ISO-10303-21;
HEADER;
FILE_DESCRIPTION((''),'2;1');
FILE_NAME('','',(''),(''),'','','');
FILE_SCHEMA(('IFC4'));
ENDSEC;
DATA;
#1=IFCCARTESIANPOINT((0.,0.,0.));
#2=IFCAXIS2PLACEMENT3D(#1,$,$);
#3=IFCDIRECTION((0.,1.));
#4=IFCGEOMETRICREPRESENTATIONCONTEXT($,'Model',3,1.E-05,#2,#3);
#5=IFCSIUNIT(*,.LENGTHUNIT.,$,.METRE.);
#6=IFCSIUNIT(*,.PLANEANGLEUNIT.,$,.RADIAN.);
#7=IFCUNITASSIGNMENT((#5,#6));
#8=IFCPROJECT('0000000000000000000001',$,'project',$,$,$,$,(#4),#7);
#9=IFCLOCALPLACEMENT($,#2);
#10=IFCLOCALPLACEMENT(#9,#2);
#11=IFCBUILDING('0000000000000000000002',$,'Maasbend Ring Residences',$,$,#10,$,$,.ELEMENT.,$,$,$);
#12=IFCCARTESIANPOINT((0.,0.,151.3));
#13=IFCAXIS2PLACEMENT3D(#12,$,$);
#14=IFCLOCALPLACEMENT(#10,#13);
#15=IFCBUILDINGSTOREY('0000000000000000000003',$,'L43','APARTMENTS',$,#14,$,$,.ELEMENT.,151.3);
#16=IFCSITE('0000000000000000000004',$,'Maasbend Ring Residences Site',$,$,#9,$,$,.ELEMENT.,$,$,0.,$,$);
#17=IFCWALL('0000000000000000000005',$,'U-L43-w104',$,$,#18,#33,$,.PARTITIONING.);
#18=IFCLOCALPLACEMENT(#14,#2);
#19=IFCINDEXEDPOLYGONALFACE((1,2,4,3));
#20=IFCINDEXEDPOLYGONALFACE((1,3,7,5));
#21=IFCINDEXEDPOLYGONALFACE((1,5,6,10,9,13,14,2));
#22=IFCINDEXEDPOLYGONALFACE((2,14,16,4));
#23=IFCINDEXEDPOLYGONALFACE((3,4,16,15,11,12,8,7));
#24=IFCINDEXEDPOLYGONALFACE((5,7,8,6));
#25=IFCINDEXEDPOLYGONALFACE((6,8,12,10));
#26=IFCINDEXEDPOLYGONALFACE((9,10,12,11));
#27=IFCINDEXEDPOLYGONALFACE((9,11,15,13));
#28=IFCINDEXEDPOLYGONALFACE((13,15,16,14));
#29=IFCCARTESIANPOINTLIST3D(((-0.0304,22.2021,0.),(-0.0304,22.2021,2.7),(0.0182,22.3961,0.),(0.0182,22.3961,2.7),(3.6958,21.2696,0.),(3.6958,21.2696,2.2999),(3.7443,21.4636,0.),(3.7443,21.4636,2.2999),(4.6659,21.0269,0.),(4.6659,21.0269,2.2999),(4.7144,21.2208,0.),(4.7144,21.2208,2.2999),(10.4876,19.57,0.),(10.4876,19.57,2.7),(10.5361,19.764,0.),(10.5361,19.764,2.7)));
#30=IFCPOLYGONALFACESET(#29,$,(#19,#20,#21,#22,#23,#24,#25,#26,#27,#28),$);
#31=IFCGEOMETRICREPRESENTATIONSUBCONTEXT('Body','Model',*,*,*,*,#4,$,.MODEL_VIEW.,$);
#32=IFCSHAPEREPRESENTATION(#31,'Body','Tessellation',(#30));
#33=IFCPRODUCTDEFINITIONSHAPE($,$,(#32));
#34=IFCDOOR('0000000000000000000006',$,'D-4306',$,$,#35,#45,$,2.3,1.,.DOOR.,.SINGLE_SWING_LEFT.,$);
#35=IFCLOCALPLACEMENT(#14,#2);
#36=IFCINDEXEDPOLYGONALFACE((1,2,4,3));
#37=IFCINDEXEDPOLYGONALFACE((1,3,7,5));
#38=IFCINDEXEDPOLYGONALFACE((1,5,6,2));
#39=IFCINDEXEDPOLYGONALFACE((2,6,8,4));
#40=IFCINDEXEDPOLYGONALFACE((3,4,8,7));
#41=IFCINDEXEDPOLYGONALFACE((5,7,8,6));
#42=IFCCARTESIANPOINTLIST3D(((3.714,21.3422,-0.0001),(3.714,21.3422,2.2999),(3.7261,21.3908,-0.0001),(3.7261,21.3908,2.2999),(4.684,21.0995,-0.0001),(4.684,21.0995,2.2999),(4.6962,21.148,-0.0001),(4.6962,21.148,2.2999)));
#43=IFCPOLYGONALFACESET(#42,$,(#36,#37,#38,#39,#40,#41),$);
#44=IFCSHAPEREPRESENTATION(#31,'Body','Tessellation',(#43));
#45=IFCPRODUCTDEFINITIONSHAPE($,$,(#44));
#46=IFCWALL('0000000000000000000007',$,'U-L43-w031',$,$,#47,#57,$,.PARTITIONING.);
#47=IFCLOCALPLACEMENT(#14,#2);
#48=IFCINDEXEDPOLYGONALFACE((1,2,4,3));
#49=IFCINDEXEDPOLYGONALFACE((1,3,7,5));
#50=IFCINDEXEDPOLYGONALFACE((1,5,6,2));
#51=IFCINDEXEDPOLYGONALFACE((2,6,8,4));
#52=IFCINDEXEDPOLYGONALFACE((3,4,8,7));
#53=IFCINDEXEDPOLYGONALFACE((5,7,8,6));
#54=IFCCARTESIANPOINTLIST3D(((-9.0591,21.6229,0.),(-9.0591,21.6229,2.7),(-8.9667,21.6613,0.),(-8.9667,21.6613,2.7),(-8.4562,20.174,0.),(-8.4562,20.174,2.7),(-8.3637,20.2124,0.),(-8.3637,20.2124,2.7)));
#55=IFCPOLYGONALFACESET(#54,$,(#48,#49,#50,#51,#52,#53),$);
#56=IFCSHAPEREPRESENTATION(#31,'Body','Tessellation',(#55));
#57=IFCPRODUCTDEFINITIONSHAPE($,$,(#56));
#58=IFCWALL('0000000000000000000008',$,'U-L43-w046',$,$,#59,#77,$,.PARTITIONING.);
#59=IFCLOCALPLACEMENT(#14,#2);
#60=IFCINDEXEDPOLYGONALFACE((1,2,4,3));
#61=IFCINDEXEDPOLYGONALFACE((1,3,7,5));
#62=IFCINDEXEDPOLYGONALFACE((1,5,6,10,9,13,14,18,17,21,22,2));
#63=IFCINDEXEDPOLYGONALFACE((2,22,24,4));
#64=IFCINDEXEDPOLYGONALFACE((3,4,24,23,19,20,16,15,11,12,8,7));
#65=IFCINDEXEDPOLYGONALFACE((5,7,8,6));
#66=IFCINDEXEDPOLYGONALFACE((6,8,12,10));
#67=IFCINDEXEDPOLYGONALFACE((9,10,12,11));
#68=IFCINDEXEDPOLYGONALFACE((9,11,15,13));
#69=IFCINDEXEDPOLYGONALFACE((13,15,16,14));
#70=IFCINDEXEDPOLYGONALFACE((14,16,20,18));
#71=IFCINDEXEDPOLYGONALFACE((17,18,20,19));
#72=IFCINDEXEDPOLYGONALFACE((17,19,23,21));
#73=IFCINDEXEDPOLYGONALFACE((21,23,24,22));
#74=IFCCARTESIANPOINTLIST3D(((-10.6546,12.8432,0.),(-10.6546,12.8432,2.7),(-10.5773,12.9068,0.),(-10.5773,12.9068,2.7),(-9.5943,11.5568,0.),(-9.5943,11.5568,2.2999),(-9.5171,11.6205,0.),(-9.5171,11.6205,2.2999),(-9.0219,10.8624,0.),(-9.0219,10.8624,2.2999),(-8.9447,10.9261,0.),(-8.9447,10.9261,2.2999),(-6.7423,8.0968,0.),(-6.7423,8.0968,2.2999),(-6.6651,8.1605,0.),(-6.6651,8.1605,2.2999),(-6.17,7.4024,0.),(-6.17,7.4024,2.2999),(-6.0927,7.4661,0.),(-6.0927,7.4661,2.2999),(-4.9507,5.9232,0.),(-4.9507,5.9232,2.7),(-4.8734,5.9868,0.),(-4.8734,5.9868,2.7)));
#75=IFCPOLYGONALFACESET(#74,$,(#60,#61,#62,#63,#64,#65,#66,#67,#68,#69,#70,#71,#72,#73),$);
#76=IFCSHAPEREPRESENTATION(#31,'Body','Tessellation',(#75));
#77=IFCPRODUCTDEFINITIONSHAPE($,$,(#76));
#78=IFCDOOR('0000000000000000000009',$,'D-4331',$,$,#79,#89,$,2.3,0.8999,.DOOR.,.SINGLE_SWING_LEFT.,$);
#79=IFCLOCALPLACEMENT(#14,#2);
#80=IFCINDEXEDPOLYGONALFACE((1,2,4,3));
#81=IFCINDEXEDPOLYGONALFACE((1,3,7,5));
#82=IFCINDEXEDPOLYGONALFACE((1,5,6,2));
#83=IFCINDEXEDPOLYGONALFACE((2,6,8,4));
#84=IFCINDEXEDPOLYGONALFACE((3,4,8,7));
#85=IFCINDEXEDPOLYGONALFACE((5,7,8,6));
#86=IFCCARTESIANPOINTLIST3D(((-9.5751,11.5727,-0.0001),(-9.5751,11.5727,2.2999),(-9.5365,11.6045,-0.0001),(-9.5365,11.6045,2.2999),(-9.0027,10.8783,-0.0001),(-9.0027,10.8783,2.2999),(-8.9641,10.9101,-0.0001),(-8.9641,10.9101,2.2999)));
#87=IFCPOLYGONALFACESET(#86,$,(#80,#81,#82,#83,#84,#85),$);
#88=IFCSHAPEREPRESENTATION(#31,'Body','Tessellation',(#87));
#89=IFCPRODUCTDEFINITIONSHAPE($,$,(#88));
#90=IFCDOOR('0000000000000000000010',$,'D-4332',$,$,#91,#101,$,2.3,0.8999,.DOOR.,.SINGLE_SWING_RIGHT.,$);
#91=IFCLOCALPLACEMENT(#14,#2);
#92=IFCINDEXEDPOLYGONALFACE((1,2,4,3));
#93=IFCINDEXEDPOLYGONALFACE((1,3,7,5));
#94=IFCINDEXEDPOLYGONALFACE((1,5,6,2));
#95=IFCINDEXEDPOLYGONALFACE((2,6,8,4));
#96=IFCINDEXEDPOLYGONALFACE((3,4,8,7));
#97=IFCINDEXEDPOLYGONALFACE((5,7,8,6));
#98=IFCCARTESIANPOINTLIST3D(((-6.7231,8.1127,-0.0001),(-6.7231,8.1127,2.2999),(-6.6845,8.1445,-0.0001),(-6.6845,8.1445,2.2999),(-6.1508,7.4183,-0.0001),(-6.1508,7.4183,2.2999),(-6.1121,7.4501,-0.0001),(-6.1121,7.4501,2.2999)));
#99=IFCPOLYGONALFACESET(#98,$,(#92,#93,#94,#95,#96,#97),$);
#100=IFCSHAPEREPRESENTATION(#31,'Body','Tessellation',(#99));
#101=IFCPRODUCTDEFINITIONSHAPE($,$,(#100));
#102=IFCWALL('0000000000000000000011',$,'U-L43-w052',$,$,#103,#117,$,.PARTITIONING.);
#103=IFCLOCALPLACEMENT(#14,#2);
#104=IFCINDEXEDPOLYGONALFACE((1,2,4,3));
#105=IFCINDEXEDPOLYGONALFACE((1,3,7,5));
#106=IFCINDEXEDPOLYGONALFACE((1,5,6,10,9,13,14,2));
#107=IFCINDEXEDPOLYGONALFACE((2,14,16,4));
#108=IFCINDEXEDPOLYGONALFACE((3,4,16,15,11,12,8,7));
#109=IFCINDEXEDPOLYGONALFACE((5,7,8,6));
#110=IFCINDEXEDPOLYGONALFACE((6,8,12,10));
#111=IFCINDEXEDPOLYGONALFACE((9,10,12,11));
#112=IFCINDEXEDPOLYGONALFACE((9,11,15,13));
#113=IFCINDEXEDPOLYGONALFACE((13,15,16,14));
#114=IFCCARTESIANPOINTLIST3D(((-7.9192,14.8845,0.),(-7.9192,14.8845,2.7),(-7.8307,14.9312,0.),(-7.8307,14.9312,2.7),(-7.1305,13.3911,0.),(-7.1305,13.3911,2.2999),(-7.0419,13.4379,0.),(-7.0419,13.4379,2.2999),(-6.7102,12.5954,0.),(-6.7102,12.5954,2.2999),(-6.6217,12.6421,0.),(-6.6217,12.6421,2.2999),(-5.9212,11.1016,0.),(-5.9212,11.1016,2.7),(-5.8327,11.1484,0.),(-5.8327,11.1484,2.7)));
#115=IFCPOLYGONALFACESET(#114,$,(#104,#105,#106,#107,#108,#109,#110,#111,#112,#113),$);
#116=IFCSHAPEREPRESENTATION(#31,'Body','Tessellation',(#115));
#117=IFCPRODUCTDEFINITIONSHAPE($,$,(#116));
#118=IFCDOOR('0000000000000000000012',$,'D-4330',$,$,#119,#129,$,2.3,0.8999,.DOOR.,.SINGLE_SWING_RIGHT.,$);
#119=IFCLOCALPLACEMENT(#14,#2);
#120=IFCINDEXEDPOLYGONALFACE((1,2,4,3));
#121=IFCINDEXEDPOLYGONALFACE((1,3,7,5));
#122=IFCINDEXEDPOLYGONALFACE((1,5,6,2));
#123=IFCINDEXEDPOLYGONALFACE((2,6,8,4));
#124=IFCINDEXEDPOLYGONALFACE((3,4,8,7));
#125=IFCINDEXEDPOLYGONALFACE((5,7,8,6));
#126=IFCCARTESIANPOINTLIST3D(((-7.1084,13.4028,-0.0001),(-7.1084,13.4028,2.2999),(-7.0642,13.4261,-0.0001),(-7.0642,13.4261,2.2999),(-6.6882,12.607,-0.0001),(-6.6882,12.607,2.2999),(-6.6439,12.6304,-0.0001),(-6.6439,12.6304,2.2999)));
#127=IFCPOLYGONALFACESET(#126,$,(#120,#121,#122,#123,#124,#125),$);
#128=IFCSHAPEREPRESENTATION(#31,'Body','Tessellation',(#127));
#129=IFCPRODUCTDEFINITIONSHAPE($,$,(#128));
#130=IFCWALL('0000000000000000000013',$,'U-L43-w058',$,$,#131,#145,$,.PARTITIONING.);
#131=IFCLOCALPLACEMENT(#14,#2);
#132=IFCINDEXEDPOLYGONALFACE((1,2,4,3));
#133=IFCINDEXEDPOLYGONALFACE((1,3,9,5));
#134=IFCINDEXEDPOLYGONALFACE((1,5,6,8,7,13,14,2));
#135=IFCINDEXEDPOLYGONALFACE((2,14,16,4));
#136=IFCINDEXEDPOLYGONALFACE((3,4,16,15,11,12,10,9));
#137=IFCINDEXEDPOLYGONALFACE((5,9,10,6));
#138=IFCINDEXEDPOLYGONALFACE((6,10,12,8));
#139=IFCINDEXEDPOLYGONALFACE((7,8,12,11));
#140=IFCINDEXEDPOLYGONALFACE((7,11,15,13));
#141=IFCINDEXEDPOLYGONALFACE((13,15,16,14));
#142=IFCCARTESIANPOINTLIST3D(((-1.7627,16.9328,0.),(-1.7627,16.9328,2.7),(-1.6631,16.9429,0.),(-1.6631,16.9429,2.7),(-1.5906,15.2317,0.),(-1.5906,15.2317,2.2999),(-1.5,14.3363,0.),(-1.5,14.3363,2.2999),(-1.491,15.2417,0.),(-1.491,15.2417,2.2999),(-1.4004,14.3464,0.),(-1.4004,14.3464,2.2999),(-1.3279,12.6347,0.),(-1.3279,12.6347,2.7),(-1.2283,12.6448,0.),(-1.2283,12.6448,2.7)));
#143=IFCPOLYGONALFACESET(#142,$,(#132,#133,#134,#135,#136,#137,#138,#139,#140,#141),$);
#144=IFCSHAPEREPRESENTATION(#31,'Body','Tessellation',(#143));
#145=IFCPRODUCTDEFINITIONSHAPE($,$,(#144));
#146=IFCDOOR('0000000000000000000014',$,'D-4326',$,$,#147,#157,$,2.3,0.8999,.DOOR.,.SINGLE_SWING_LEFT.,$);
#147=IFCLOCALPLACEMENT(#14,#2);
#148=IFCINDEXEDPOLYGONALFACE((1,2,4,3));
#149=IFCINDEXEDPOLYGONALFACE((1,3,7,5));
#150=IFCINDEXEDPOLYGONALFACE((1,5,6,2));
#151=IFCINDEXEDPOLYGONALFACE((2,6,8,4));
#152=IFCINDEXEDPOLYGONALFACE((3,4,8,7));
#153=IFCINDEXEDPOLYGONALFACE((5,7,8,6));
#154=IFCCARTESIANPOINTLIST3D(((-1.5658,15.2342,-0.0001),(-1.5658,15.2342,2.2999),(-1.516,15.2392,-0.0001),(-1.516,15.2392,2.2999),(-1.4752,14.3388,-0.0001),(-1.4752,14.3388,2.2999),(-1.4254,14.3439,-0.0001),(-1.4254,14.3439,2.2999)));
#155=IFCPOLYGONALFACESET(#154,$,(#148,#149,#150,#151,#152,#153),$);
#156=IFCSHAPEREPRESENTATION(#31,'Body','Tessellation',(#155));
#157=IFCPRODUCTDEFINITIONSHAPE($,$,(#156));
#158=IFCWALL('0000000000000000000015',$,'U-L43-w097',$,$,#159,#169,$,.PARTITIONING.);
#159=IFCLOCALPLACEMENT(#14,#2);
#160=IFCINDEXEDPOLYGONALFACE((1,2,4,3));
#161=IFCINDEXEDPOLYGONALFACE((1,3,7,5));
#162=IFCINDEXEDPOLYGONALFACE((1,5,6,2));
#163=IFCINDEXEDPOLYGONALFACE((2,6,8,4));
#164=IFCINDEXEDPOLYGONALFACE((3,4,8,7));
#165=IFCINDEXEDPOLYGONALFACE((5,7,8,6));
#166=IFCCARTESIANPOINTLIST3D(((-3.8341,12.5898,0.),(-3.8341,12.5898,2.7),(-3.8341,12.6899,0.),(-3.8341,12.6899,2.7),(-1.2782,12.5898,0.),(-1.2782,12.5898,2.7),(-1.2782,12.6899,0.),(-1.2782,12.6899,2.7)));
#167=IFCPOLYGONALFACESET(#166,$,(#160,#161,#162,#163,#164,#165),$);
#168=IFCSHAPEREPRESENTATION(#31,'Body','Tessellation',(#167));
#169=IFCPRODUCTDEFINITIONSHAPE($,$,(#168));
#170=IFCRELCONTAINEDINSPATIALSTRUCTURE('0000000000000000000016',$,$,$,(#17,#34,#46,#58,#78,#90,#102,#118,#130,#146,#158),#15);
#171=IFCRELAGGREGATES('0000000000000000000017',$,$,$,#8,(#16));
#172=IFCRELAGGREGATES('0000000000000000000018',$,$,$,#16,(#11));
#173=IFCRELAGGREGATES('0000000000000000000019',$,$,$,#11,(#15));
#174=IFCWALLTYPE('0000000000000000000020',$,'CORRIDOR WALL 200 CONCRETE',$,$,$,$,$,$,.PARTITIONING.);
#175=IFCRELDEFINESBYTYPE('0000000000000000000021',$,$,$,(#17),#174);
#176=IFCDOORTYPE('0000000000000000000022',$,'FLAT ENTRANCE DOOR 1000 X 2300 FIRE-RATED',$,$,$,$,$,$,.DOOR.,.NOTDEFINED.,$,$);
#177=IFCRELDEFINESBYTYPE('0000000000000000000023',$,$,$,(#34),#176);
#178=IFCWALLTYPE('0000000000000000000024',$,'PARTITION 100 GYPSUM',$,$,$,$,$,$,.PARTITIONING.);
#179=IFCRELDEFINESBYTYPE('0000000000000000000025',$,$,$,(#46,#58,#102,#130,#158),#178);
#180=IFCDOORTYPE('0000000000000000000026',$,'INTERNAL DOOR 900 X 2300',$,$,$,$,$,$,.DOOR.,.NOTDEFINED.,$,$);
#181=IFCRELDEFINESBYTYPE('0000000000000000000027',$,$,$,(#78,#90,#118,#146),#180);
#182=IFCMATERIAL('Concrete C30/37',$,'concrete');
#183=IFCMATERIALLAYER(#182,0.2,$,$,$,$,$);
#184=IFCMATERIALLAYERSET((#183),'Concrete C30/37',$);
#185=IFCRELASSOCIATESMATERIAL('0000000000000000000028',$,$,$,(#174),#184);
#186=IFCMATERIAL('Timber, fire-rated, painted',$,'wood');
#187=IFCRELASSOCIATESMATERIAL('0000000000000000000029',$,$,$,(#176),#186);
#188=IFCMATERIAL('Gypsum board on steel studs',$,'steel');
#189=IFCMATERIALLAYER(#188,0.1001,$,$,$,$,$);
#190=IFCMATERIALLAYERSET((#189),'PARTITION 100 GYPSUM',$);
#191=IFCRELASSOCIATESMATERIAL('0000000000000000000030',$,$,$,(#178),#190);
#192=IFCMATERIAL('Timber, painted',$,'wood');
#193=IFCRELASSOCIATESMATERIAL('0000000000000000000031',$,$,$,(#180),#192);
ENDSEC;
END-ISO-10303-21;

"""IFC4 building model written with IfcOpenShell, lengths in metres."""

from ifc_helpers import new_model, si_unit, direction, frame, frame_2d, origin, place, context, subcontext, project, spatial, rectangle, extrude, material, layer, layer_set, type_object, element, fill, save


model = new_model("IFC4")

# Units and contexts
model_context = context("Model", 3, precision=1e-05, world=origin(), true_north=direction((0.0, 1.0)))
body_context = subcontext(model_context, "Body", "Model", "MODEL_VIEW")
ifc_project = project(units=[si_unit("LENGTHUNIT", "METRE"), si_unit("PLANEANGLEUNIT", "RADIAN")], contexts=[model_context])

# Site, building, storey
site_placement = place(None, origin())
site = spatial("IfcSite", under=ifc_project, at=site_placement, Name="Maasbend Ring Residences Site", CompositionType="ELEMENT", RefElevation=0.0)
building_placement = place(site_placement, origin())
building = spatial("IfcBuilding", under=site, at=building_placement, Name="Maasbend Ring Residences", CompositionType="ELEMENT")
storey_placement = place(building_placement, frame((0.0, 0.0, 151.3)))
storey = spatial("IfcBuildingStorey", under=building, at=storey_placement, Name="L43", Description="APARTMENTS", CompositionType="ELEMENT", Elevation=151.3)

# Wall, opening, door
ifc_material_1 = material(Name="Concrete C30/37", Category="concrete")
ifc_layer_1 = layer(ifc_material_1, 0.2)
ifc_layer_set_1 = layer_set([ifc_layer_1], Name="Concrete C30/37")
wall_type_1 = type_object("IfcWallType", Name="CORRIDOR WALL 200 CONCRETE", PredefinedType="PARTITIONING", material=ifc_layer_set_1)
ifc_material_2 = material(Name="Timber, fire-rated, painted", Category="wood")
door_type_1 = type_object("IfcDoorType", Name="FLAT ENTRANCE DOOR 1000 X 2300 FIRE-RATED", OperationType="NOTDEFINED", PredefinedType="DOOR", material=ifc_material_2)
wall_1_placement = place(storey_placement, frame((-0.0061, 22.2991, 0.0), z_axis=(0.0, 0.0, 1.0), x_axis=(0.970087, -0.242758, 0.0)))
wall_1 = element("IfcWall", 1, at=wall_1_placement, inside=storey, type_object=wall_type_1, Name="U-L43-w104", PredefinedType="PARTITIONING", context=body_context, shape_type="SweptSolid", body=[
    extrude(rectangle(XDim=10.8423, YDim=0.2, at=frame_2d((5.4211, 0.0))), origin(), (0.0, 0.0, 1.0), 2.7),
])
opening_1_placement = place(wall_1_placement, frame((3.8411, 0.0, 0.0)))
opening_1 = element("IfcOpeningElement", 2, at=opening_1_placement, cuts=wall_1, PredefinedType="OPENING", context=body_context, shape_type="SweptSolid", body=[
    extrude(rectangle(XDim=1.0, YDim=2.3, at=frame_2d((0.5, 1.1499))), frame((0.0, 0.1099, 0.0), z_axis=(0.0, -1.0, 0.0), x_axis=(1.0, 0.0, 0.0)), (0.0, 0.0, 1.0), 0.22),
])
door_1_placement = place(opening_1_placement, origin())
door_1 = element("IfcDoor", 3, at=door_1_placement, inside=storey, type_object=door_type_1, Name="D-4306", OperationType="SINGLE_SWING_LEFT", OverallHeight=2.3, OverallWidth=1.0, PredefinedType="DOOR", context=body_context, shape_type="SweptSolid", body=[
    extrude(rectangle(XDim=1.0, YDim=2.3, at=frame_2d((0.5, 1.1499))), frame((0.0, 0.0249, 0.0), z_axis=(0.0, -1.0, 0.0), x_axis=(1.0, 0.0, 0.0)), (0.0, 0.0, 1.0), 0.05),
])
fill(opening_1, door_1)

# Wall
ifc_material_3 = material(Name="Gypsum board on steel studs", Category="steel")
ifc_layer_2 = layer(ifc_material_3, 0.1001)
ifc_layer_set_2 = layer_set([ifc_layer_2], Name="PARTITION 100 GYPSUM")
wall_type_2 = type_object("IfcWallType", Name="PARTITION 100 GYPSUM", PredefinedType="PARTITIONING", material=ifc_layer_set_2)
wall_2_placement = place(storey_placement, frame((-9.0129, 21.6421, 0.0), z_axis=(0.0, 0.0, 1.0), x_axis=(0.384229, -0.923238, 0.0)))
element("IfcWall", 4, at=wall_2_placement, inside=storey, type_object=wall_type_2, Name="U-L43-w031", PredefinedType="PARTITIONING", context=body_context, shape_type="SweptSolid", body=[
    extrude(rectangle(XDim=1.5693, YDim=0.1001, at=frame_2d((0.7847, 0.0))), origin(), (0.0, 0.0, 1.0), 2.7),
])

# Wall, openings, doors
wall_3_placement = place(storey_placement, frame((-10.616, 12.875, 0.0), z_axis=(0.0, 0.0, 1.0), x_axis=(0.636046, -0.771651, 0.0)))
wall_3 = element("IfcWall", 5, at=wall_3_placement, inside=storey, type_object=wall_type_2, Name="U-L43-w046", PredefinedType="PARTITIONING", context=body_context, shape_type="SweptSolid", body=[
    extrude(rectangle(XDim=8.9678, YDim=0.1001, at=frame_2d((4.4839, 0.0))), origin(), (0.0, 0.0, 1.0), 2.7),
])
opening_2_placement = place(wall_3_placement, frame((1.667, 0.0, 0.0)))
opening_2 = element("IfcOpeningElement", 6, at=opening_2_placement, cuts=wall_3, PredefinedType="OPENING", context=body_context, shape_type="SweptSolid", body=[
    extrude(rectangle(XDim=0.8999, YDim=2.3, at=frame_2d((0.45, 1.1499))), frame((0.0, 0.0601, 0.0), z_axis=(0.0, -1.0, 0.0), x_axis=(1.0, 0.0, 0.0)), (0.0, 0.0, 1.0), 0.1201),
])
opening_3_placement = place(wall_3_placement, frame((6.1509, 0.0, 0.0)))
opening_3 = element("IfcOpeningElement", 7, at=opening_3_placement, cuts=wall_3, PredefinedType="OPENING", context=body_context, shape_type="SweptSolid", body=[
    extrude(rectangle(XDim=0.8999, YDim=2.3, at=frame_2d((0.45, 1.1499))), frame((0.0, 0.0601, 0.0), z_axis=(0.0, -1.0, 0.0), x_axis=(1.0, 0.0, 0.0)), (0.0, 0.0, 1.0), 0.1201),
])
ifc_material_4 = material(Name="Timber, painted", Category="wood")
door_type_2 = type_object("IfcDoorType", Name="INTERNAL DOOR 900 X 2300", OperationType="NOTDEFINED", PredefinedType="DOOR", material=ifc_material_4)
door_2_placement = place(opening_2_placement, origin())
door_2 = element("IfcDoor", 8, at=door_2_placement, inside=storey, type_object=door_type_2, Name="D-4331", OperationType="SINGLE_SWING_LEFT", OverallHeight=2.3, OverallWidth=0.8999, PredefinedType="DOOR", context=body_context, shape_type="SweptSolid", body=[
    extrude(rectangle(XDim=0.8999, YDim=2.3, at=frame_2d((0.45, 1.1499))), frame((0.0, 0.0249, 0.0), z_axis=(0.0, -1.0, 0.0), x_axis=(1.0, 0.0, 0.0)), (0.0, 0.0, 1.0), 0.05),
])
fill(opening_2, door_2)
door_3_placement = place(opening_3_placement, origin())
door_3 = element("IfcDoor", 9, at=door_3_placement, inside=storey, type_object=door_type_2, Name="D-4332", OperationType="SINGLE_SWING_RIGHT", OverallHeight=2.3, OverallWidth=0.8999, PredefinedType="DOOR", context=body_context, shape_type="SweptSolid", body=[
    extrude(rectangle(XDim=0.8999, YDim=2.3, at=frame_2d((0.45, 1.1499))), frame((0.0, 0.0249, 0.0), z_axis=(0.0, -1.0, 0.0), x_axis=(1.0, 0.0, 0.0)), (0.0, 0.0, 1.0), 0.05),
])
fill(opening_3, door_3)

# Walls, openings, doors
wall_4_placement = place(storey_placement, frame((-7.875, 14.908, 0.0), z_axis=(0.0, 0.0, 1.0), x_axis=(0.46703, -0.884241, 0.0)))
wall_4 = element("IfcWall", 10, at=wall_4_placement, inside=storey, type_object=wall_type_2, Name="U-L43-w052", PredefinedType="PARTITIONING", context=body_context, shape_type="SweptSolid", body=[
    extrude(rectangle(XDim=4.2781, YDim=0.1001, at=frame_2d((2.1392, 0.0))), origin(), (0.0, 0.0, 1.0), 2.7),
])
opening_4_placement = place(wall_4_placement, frame((1.689, 0.0, 0.0)))
opening_4 = element("IfcOpeningElement", 11, at=opening_4_placement, cuts=wall_4, PredefinedType="OPENING", context=body_context, shape_type="SweptSolid", body=[
    extrude(rectangle(XDim=0.8999, YDim=2.3, at=frame_2d((0.45, 1.1499))), frame((0.0, 0.0601, 0.0), z_axis=(0.0, -1.0, 0.0), x_axis=(1.0, 0.0, 0.0)), (0.0, 0.0, 1.0), 0.1201),
])
door_4_placement = place(opening_4_placement, origin())
door_4 = element("IfcDoor", 12, at=door_4_placement, inside=storey, type_object=door_type_2, Name="D-4330", OperationType="SINGLE_SWING_RIGHT", OverallHeight=2.3, OverallWidth=0.8999, PredefinedType="DOOR", context=body_context, shape_type="SweptSolid", body=[
    extrude(rectangle(XDim=0.8999, YDim=2.3, at=frame_2d((0.45, 1.1499))), frame((0.0, 0.0249, 0.0), z_axis=(0.0, -1.0, 0.0), x_axis=(1.0, 0.0, 0.0)), (0.0, 0.0, 1.0), 0.05),
])
fill(opening_4, door_4)
wall_5_placement = place(storey_placement, frame((-1.7129, 16.938, 0.0), z_axis=(0.0, 0.0, 1.0), x_axis=(0.100651, -0.994922, 0.0)))
wall_5 = element("IfcWall", 13, at=wall_5_placement, inside=storey, type_object=wall_type_2, Name="U-L43-w058", PredefinedType="PARTITIONING", context=body_context, shape_type="SweptSolid", body=[
    extrude(rectangle(XDim=4.3201, YDim=0.1001, at=frame_2d((2.1602, 0.0))), origin(), (0.0, 0.0, 1.0), 2.7),
])
opening_5_placement = place(wall_5_placement, frame((1.71, 0.0, 0.0)))
opening_5 = element("IfcOpeningElement", 14, at=opening_5_placement, cuts=wall_5, PredefinedType="OPENING", context=body_context, shape_type="SweptSolid", body=[
    extrude(rectangle(XDim=0.8999, YDim=2.3, at=frame_2d((0.45, 1.1499))), frame((0.0, 0.0601, 0.0), z_axis=(0.0, -1.0, 0.0), x_axis=(1.0, 0.0, 0.0)), (0.0, 0.0, 1.0), 0.1201),
])
door_5_placement = place(opening_5_placement, origin())
door_5 = element("IfcDoor", 15, at=door_5_placement, inside=storey, type_object=door_type_2, Name="D-4326", OperationType="SINGLE_SWING_LEFT", OverallHeight=2.3, OverallWidth=0.8999, PredefinedType="DOOR", context=body_context, shape_type="SweptSolid", body=[
    extrude(rectangle(XDim=0.8999, YDim=2.3, at=frame_2d((0.45, 1.1499))), frame((0.0, 0.0249, 0.0), z_axis=(0.0, -1.0, 0.0), x_axis=(1.0, 0.0, 0.0)), (0.0, 0.0, 1.0), 0.05),
])
fill(opening_5, door_5)

# Wall
wall_6_placement = place(storey_placement, frame((-3.834, 12.6399, 0.0), z_axis=(0.0, 0.0, 1.0), x_axis=(1.0, 0.0, 0.0)))
element("IfcWall", 16, at=wall_6_placement, inside=storey, type_object=wall_type_2, Name="U-L43-w097", PredefinedType="PARTITIONING", context=body_context, shape_type="SweptSolid", body=[
    extrude(rectangle(XDim=2.5559, YDim=0.1001, at=frame_2d((1.2778, 0.0))), origin(), (0.0, 0.0, 1.0), 2.7),
])

save(model, "model.ifc")
